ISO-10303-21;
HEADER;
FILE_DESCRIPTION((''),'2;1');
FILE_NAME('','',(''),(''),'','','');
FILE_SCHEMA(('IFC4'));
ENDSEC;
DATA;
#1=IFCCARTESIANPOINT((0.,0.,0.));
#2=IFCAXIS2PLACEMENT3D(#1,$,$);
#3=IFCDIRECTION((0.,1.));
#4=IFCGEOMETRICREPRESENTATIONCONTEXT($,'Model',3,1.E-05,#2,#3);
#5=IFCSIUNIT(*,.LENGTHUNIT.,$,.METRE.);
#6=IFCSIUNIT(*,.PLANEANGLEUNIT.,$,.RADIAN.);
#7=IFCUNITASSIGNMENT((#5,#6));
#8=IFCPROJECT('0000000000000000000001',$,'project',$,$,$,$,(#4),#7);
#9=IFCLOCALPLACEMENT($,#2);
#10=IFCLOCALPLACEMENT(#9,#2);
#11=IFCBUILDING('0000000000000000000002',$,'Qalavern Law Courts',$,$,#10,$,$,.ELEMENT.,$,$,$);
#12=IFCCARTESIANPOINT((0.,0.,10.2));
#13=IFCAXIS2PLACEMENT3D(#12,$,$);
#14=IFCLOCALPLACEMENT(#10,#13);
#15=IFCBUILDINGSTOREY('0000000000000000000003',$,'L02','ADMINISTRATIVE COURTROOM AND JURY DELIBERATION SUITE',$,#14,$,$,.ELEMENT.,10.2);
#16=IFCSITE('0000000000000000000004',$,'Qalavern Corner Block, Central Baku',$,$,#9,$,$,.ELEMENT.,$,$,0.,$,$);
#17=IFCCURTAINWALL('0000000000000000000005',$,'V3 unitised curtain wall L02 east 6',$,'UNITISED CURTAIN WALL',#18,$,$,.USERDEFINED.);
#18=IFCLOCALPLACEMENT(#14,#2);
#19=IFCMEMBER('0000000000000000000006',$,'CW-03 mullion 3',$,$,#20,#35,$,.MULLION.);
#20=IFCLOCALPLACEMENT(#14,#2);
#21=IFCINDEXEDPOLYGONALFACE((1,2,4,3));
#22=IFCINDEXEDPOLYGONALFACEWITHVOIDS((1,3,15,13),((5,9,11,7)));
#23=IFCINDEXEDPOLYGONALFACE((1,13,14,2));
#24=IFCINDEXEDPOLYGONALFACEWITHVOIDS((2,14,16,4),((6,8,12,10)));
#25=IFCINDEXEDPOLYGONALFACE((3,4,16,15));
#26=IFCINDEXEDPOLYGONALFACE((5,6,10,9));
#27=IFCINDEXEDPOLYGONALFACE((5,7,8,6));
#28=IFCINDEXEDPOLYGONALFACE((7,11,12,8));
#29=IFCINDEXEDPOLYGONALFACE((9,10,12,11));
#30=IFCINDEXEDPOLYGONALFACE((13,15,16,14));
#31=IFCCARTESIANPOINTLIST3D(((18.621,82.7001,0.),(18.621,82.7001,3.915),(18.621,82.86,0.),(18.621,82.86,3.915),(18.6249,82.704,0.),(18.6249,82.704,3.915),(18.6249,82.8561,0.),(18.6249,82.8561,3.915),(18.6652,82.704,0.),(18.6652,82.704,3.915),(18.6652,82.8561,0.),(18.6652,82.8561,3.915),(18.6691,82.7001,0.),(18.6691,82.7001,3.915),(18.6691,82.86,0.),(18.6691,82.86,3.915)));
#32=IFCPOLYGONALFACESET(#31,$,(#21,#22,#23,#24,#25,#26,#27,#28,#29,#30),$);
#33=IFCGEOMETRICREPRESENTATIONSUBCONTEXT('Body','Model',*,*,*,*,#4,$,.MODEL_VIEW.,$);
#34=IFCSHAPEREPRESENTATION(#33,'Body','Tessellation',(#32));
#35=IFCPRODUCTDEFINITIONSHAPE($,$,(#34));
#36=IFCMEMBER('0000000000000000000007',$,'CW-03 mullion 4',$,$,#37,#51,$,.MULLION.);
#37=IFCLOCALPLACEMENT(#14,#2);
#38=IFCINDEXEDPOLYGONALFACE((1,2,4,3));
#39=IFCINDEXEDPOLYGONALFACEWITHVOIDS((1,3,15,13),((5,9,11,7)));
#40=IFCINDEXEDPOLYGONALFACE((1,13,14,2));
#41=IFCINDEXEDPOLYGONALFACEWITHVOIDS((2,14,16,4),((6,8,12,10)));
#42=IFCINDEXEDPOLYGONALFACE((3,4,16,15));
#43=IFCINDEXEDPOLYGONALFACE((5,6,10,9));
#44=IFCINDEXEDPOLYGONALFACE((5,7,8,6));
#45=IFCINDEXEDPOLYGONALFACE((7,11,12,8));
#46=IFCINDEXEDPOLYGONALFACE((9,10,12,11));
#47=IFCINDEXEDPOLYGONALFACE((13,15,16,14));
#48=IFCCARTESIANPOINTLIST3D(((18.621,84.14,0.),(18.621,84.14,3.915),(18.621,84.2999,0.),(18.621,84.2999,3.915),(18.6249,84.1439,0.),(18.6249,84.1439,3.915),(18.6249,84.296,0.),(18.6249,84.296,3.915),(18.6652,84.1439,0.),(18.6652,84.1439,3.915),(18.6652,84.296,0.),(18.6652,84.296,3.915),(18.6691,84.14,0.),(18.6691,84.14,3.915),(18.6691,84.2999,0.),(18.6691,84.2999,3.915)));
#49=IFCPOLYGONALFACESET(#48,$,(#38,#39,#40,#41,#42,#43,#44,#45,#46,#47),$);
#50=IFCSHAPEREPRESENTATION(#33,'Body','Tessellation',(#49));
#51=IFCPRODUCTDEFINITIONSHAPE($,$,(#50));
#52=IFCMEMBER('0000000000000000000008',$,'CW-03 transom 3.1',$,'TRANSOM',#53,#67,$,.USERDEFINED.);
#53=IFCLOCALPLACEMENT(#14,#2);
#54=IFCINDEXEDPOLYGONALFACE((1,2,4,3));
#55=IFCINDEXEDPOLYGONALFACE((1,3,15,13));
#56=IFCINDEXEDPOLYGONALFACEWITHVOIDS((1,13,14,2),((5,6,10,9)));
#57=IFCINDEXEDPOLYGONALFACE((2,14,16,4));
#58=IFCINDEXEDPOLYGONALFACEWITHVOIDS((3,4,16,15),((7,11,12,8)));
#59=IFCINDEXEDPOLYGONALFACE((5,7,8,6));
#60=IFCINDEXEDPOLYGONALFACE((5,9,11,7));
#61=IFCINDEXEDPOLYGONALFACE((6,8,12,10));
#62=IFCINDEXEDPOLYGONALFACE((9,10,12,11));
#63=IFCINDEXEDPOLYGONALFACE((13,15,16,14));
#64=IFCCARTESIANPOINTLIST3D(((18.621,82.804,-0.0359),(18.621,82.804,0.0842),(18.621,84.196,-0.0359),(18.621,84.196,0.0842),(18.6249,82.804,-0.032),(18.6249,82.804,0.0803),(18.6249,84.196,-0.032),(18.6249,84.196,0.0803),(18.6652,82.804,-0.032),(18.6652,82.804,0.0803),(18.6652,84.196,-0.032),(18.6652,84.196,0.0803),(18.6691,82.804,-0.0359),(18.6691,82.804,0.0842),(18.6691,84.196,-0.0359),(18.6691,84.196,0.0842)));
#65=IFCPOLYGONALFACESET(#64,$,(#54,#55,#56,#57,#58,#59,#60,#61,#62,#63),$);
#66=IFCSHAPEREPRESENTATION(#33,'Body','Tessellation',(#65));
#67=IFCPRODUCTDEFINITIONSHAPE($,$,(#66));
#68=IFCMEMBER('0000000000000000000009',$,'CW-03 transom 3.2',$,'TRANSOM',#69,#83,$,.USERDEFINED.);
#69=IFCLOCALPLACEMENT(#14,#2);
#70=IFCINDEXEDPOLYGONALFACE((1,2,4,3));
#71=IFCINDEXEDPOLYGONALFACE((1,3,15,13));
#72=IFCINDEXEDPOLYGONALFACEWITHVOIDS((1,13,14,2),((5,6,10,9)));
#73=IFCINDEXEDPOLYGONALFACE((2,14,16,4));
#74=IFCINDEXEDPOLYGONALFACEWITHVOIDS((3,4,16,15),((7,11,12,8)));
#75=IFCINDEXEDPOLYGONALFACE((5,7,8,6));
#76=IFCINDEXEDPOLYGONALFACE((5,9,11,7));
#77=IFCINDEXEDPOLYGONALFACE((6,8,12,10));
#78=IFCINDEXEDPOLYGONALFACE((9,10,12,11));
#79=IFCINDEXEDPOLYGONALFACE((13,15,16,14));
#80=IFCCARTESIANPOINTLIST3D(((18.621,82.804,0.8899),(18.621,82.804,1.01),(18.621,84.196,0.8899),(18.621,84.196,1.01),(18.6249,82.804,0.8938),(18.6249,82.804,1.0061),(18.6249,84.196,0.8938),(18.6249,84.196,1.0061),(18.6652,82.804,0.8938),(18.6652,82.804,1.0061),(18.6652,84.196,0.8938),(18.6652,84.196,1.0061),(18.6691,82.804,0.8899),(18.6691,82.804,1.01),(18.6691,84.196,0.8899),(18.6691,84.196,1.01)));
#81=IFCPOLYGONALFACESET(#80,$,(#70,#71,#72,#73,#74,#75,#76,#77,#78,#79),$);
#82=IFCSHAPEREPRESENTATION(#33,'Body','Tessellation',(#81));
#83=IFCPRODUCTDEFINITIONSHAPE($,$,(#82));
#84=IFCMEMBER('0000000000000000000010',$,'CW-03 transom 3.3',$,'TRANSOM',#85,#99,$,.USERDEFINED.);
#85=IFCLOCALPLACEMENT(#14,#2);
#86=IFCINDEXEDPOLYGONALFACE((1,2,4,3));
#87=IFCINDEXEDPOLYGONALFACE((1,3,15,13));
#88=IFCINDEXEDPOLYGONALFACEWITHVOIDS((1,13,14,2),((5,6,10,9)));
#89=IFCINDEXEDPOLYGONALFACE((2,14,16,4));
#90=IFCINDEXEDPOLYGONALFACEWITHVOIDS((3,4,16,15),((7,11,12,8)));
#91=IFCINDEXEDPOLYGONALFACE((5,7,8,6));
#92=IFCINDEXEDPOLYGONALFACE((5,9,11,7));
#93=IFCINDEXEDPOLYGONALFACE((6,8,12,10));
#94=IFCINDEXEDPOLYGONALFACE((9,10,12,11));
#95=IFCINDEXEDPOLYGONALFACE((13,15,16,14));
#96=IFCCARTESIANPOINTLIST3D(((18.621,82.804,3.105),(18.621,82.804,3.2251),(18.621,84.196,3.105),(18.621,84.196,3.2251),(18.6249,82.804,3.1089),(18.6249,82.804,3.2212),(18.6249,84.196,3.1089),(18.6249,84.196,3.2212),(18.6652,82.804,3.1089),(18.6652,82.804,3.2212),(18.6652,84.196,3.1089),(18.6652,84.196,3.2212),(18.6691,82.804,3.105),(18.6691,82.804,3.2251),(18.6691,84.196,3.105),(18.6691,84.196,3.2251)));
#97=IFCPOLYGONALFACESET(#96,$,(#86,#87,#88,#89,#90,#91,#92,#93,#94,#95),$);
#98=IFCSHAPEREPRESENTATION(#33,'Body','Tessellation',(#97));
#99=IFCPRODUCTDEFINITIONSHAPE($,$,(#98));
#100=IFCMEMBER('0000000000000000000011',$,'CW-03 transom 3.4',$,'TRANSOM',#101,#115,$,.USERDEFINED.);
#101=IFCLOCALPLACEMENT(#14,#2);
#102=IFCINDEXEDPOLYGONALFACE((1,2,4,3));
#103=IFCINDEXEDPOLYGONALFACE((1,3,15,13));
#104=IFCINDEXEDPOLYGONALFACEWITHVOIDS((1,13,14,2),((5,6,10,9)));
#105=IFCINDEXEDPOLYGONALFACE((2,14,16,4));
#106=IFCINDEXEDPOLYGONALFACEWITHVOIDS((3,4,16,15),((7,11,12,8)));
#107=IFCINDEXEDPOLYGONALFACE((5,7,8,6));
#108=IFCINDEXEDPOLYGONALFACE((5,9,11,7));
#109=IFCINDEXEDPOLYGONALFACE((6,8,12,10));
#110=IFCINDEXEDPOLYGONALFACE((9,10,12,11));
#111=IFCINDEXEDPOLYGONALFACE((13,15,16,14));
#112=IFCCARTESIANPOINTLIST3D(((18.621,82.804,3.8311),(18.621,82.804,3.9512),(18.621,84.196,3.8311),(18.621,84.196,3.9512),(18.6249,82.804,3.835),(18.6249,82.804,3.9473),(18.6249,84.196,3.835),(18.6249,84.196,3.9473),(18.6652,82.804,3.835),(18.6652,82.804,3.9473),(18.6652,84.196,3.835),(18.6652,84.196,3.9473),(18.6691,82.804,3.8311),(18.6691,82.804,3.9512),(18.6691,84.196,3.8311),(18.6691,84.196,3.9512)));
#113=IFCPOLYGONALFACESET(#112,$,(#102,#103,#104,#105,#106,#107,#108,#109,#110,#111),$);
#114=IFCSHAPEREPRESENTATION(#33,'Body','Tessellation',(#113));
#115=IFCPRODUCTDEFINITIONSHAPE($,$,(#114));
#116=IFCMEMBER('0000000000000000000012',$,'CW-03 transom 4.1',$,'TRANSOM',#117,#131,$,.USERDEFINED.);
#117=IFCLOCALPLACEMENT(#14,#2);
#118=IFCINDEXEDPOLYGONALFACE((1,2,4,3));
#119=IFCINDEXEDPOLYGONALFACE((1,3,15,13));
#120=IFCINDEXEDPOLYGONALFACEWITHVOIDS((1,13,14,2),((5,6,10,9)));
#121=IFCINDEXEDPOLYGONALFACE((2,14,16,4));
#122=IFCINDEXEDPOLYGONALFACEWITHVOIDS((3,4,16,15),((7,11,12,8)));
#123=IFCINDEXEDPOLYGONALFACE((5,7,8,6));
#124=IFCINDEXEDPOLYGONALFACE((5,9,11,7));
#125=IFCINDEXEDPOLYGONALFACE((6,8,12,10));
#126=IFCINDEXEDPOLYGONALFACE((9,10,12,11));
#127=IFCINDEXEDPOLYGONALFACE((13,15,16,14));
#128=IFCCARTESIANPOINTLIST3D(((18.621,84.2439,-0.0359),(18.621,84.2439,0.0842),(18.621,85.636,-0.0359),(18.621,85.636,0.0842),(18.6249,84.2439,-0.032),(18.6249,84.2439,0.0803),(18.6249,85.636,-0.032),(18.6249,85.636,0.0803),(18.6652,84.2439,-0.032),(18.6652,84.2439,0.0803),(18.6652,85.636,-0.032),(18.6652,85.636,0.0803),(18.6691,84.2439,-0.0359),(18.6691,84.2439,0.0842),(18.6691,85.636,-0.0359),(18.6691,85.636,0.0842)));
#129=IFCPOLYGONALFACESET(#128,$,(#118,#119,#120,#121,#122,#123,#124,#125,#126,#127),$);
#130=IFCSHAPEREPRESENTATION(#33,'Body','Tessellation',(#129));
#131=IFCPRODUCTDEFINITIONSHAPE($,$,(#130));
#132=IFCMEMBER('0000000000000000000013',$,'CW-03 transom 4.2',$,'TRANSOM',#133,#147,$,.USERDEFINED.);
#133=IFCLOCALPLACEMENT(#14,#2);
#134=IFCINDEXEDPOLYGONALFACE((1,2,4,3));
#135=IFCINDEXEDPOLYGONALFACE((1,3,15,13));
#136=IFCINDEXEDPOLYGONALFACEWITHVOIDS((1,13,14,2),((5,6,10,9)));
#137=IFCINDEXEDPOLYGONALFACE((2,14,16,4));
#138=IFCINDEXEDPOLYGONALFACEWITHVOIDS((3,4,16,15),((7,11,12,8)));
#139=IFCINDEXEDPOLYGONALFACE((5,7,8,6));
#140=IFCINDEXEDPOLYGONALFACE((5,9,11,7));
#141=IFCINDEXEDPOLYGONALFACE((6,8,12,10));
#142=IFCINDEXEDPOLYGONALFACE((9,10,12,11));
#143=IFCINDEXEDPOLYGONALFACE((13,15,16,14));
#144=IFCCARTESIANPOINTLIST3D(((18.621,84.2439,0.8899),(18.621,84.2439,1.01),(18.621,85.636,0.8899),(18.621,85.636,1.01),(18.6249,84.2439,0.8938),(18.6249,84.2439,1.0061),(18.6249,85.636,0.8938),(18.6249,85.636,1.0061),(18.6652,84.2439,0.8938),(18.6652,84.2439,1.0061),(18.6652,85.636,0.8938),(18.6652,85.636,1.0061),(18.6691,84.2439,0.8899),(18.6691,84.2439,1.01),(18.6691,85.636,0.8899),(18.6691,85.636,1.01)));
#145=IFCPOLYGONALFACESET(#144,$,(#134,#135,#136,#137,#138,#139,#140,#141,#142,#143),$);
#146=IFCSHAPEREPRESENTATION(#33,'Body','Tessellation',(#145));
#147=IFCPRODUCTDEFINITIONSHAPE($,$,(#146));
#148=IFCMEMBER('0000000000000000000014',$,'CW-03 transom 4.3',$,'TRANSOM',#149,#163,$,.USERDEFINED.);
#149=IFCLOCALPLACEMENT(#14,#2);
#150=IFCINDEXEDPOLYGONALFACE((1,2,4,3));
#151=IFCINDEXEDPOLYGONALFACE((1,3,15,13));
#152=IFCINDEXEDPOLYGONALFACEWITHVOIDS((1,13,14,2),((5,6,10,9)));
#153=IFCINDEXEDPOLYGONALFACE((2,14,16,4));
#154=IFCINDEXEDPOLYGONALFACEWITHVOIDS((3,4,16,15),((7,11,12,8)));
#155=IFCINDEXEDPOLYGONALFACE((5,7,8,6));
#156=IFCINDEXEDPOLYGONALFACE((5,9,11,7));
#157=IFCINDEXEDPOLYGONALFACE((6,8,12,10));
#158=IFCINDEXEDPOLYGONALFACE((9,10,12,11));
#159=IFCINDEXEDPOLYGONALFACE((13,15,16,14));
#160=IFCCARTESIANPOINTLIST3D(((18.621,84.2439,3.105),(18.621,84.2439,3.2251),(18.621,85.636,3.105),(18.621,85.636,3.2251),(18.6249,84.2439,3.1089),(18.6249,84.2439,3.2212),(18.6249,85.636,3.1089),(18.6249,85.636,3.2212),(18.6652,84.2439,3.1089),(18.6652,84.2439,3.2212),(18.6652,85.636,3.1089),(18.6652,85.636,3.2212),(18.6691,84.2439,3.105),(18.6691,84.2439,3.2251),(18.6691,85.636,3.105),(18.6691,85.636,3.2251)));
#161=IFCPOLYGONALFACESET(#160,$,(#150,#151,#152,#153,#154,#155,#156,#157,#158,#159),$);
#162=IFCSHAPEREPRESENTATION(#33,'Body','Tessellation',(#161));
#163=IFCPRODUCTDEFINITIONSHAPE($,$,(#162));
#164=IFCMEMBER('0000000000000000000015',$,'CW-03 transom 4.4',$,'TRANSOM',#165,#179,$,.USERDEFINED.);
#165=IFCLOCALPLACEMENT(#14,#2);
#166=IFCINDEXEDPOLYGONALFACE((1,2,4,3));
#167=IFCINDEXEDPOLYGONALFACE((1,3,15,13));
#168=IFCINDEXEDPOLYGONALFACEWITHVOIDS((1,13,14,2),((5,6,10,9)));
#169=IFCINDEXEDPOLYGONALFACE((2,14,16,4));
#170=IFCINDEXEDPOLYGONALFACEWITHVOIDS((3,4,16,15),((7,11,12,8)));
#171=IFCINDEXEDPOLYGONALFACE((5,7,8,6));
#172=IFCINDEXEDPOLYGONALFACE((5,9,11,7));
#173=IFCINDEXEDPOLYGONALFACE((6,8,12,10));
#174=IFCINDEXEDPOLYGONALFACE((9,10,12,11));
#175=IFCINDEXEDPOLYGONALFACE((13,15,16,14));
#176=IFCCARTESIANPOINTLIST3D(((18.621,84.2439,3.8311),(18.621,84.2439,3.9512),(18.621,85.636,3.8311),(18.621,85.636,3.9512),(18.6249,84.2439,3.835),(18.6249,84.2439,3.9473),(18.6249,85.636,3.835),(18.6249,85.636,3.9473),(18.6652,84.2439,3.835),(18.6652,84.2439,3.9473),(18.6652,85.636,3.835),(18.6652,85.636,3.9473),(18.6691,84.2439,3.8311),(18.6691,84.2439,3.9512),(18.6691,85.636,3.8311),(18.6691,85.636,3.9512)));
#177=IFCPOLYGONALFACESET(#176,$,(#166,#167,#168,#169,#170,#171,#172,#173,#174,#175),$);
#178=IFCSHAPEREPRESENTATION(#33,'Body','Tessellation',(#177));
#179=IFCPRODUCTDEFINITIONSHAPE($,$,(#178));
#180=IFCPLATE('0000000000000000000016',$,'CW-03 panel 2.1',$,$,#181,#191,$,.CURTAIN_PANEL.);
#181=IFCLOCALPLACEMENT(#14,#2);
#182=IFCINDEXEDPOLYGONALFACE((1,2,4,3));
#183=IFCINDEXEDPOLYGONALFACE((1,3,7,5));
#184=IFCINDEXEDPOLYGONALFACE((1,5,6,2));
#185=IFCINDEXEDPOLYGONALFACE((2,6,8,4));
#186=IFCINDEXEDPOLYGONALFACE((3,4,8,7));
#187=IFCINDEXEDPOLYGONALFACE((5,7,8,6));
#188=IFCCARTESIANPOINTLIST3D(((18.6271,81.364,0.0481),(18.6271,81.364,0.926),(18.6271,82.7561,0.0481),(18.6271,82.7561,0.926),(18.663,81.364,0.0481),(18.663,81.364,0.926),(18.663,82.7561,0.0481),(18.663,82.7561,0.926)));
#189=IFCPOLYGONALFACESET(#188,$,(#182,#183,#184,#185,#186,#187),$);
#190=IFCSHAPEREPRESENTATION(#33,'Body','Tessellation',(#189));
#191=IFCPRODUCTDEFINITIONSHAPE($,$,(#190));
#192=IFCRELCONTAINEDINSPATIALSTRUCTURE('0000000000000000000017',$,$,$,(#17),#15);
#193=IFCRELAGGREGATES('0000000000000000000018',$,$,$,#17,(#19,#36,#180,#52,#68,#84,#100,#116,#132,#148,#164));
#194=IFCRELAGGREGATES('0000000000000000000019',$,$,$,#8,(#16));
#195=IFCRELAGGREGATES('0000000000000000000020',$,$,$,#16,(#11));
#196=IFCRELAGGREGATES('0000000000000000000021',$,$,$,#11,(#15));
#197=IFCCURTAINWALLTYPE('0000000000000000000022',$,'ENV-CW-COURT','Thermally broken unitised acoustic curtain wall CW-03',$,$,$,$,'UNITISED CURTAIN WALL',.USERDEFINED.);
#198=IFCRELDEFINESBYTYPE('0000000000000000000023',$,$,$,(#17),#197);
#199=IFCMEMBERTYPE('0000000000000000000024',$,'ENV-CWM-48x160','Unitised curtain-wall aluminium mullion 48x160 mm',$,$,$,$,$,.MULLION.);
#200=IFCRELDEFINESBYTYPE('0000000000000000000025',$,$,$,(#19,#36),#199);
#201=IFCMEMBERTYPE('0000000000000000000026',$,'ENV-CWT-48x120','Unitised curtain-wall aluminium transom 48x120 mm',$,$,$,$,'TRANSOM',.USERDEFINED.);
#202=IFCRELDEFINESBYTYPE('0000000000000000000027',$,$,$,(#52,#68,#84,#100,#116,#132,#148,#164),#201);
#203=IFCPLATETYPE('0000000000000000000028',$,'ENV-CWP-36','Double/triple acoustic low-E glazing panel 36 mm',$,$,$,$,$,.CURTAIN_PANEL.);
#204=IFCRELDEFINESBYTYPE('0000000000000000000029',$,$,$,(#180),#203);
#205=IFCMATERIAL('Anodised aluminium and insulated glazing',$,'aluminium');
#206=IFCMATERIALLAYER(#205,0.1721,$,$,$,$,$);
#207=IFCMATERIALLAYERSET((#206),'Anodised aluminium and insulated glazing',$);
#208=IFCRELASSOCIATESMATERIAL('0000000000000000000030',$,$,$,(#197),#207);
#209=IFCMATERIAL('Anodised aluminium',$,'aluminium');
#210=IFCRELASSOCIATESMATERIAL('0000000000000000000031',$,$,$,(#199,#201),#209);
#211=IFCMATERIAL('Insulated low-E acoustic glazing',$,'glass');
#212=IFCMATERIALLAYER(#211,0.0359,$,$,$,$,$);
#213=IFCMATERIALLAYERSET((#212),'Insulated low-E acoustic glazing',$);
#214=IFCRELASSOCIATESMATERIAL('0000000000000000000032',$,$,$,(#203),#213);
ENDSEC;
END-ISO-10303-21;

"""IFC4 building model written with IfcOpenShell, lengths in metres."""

from ifc_helpers import new_model, si_unit, direction, frame, origin, origin_2d, place, context, subcontext, project, spatial, rectangle, hollow_rectangle, extrude, material, layer, layer_set, material_profile, profile_set, type_object, element, aggregate, save


model = new_model("IFC4")

# Units and contexts
model_context = context("Model", 3, precision=1e-05, world=origin(), true_north=direction((0.0, 1.0)))
body_context = subcontext(model_context, "Body", "Model", "MODEL_VIEW")
ifc_project = project(units=[si_unit("LENGTHUNIT", "METRE"), si_unit("PLANEANGLEUNIT", "RADIAN")], contexts=[model_context])

# Site, building, storey
site_placement = place(None, origin())
site = spatial("IfcSite", under=ifc_project, at=site_placement, Name="Qalavern Corner Block, Central Baku", CompositionType="ELEMENT", RefElevation=0.0)
building_placement = place(site_placement, origin())
building = spatial("IfcBuilding", under=site, at=building_placement, Name="Qalavern Law Courts", CompositionType="ELEMENT")
storey_placement = place(building_placement, frame((0.0, 0.0, 10.2)))
storey = spatial("IfcBuildingStorey", under=building, at=storey_placement, Name="L02", Description="ADMINISTRATIVE COURTROOM AND JURY DELIBERATION SUITE", CompositionType="ELEMENT", Elevation=10.2)

# Curtain wall, members, plate
ifc_material_1 = material(Name="Anodised aluminium and insulated glazing", Category="aluminium")
ifc_layer_1 = layer(ifc_material_1, 0.1721)
ifc_layer_set_1 = layer_set([ifc_layer_1], Name="Anodised aluminium and insulated glazing")
curtain_wall_type = type_object("IfcCurtainWallType", Name="ENV-CW-COURT", Description="Thermally broken unitised acoustic curtain wall CW-03", ElementType="UNITISED CURTAIN WALL", PredefinedType="USERDEFINED", material=ifc_layer_set_1)
curtain_wall_placement = place(storey_placement, origin())
curtain_wall = element("IfcCurtainWall", 1, at=curtain_wall_placement, inside=storey, type_object=curtain_wall_type, Name="V3 unitised curtain wall L02 east 6", ObjectType="UNITISED CURTAIN WALL", PredefinedType="USERDEFINED")
ifc_material_2 = material(Name="Anodised aluminium", Category="aluminium")
ifc_material_profile_1 = material_profile(ifc_material_2, hollow_rectangle(XDim=0.0481, YDim=0.1599, WallThickness=0.0039, at=origin_2d()), Name="ALU MULLION 48x160")
ifc_profile_set_1 = profile_set([ifc_material_profile_1], Name="Anodised aluminium")
member_type_1 = type_object("IfcMemberType", Name="ENV-CWM-48x160", Description="Unitised curtain-wall aluminium mullion 48x160 mm", PredefinedType="MULLION", material=ifc_profile_set_1)
member_1_placement = place(storey_placement, frame((18.645, 82.78, 0.0), z_axis=(0.0, 0.0, 1.0), x_axis=(-1.0, 0.0, 0.0)))
member_1 = element("IfcMember", 2, at=member_1_placement, type_object=member_type_1, Name="CW-03 mullion 3", PredefinedType="MULLION", context=body_context, shape_type="SweptSolid", body=[
    extrude(hollow_rectangle(XDim=0.0481, YDim=0.1599, WallThickness=0.0039, at=origin_2d()), origin(), (0.0, 0.0, 1.0), 3.915),
])
member_2_placement = place(storey_placement, frame((18.645, 84.22, 0.0), z_axis=(0.0, 0.0, 1.0), x_axis=(-1.0, 0.0, 0.0)))
member_2 = element("IfcMember", 3, at=member_2_placement, type_object=member_type_1, Name="CW-03 mullion 4", PredefinedType="MULLION", context=body_context, shape_type="SweptSolid", body=[
    extrude(hollow_rectangle(XDim=0.0481, YDim=0.1599, WallThickness=0.0039, at=origin_2d()), origin(), (0.0, 0.0, 1.0), 3.915),
])
ifc_material_profile_2 = material_profile(ifc_material_2, hollow_rectangle(XDim=0.0481, YDim=0.1201, WallThickness=0.0039, at=origin_2d()), Name="ALU TRANSOM 48x120")
ifc_profile_set_2 = profile_set([ifc_material_profile_2], Name="Anodised aluminium")
member_type_2 = type_object("IfcMemberType", Name="ENV-CWT-48x120", Description="Unitised curtain-wall aluminium transom 48x120 mm", ElementType="TRANSOM", PredefinedType="USERDEFINED", material=ifc_profile_set_2)
member_3_placement = place(storey_placement, frame((18.645, 82.804, 0.0242), z_axis=(0.0, 1.0, 0.0), x_axis=(-1.0, 0.0, 0.0)))
member_3 = element("IfcMember", 4, at=member_3_placement, type_object=member_type_2, Name="CW-03 transom 3.1", ObjectType="TRANSOM", PredefinedType="USERDEFINED", context=body_context, shape_type="SweptSolid", body=[
    extrude(hollow_rectangle(XDim=0.0481, YDim=0.1201, WallThickness=0.0039, at=origin_2d()), origin(), (0.0, 0.0, 1.0), 1.3921),
])
member_4_placement = place(storey_placement, frame((18.645, 82.804, 0.95), z_axis=(0.0, 1.0, 0.0), x_axis=(-1.0, 0.0, 0.0)))
member_4 = element("IfcMember", 5, at=member_4_placement, type_object=member_type_2, Name="CW-03 transom 3.2", ObjectType="TRANSOM", PredefinedType="USERDEFINED", context=body_context, shape_type="SweptSolid", body=[
    extrude(hollow_rectangle(XDim=0.0481, YDim=0.1201, WallThickness=0.0039, at=origin_2d()), origin(), (0.0, 0.0, 1.0), 1.3921),
])
member_5_placement = place(storey_placement, frame((18.645, 82.804, 3.165), z_axis=(0.0, 1.0, 0.0), x_axis=(-1.0, 0.0, 0.0)))
member_5 = element("IfcMember", 6, at=member_5_placement, type_object=member_type_2, Name="CW-03 transom 3.3", ObjectType="TRANSOM", PredefinedType="USERDEFINED", context=body_context, shape_type="SweptSolid", body=[
    extrude(hollow_rectangle(XDim=0.0481, YDim=0.1201, WallThickness=0.0039, at=origin_2d()), origin(), (0.0, 0.0, 1.0), 1.3921),
])
member_6_placement = place(storey_placement, frame((18.645, 82.804, 3.8911), z_axis=(0.0, 1.0, 0.0), x_axis=(-1.0, 0.0, 0.0)))
member_6 = element("IfcMember", 7, at=member_6_placement, type_object=member_type_2, Name="CW-03 transom 3.4", ObjectType="TRANSOM", PredefinedType="USERDEFINED", context=body_context, shape_type="SweptSolid", body=[
    extrude(hollow_rectangle(XDim=0.0481, YDim=0.1201, WallThickness=0.0039, at=origin_2d()), origin(), (0.0, 0.0, 1.0), 1.3921),
])
member_7_placement = place(storey_placement, frame((18.645, 84.2439, 0.0242), z_axis=(0.0, 1.0, 0.0), x_axis=(-1.0, 0.0, 0.0)))
member_7 = element("IfcMember", 8, at=member_7_placement, type_object=member_type_2, Name="CW-03 transom 4.1", ObjectType="TRANSOM", PredefinedType="USERDEFINED", context=body_context, shape_type="SweptSolid", body=[
    extrude(hollow_rectangle(XDim=0.0481, YDim=0.1201, WallThickness=0.0039, at=origin_2d()), origin(), (0.0, 0.0, 1.0), 1.3921),
])
member_8_placement = place(storey_placement, frame((18.645, 84.2439, 0.95), z_axis=(0.0, 1.0, 0.0), x_axis=(-1.0, 0.0, 0.0)))
member_8 = element("IfcMember", 9, at=member_8_placement, type_object=member_type_2, Name="CW-03 transom 4.2", ObjectType="TRANSOM", PredefinedType="USERDEFINED", context=body_context, shape_type="SweptSolid", body=[
    extrude(hollow_rectangle(XDim=0.0481, YDim=0.1201, WallThickness=0.0039, at=origin_2d()), origin(), (0.0, 0.0, 1.0), 1.3921),
])
member_9_placement = place(storey_placement, frame((18.645, 84.2439, 3.165), z_axis=(0.0, 1.0, 0.0), x_axis=(-1.0, 0.0, 0.0)))
member_9 = element("IfcMember", 10, at=member_9_placement, type_object=member_type_2, Name="CW-03 transom 4.3", ObjectType="TRANSOM", PredefinedType="USERDEFINED", context=body_context, shape_type="SweptSolid", body=[
    extrude(hollow_rectangle(XDim=0.0481, YDim=0.1201, WallThickness=0.0039, at=origin_2d()), origin(), (0.0, 0.0, 1.0), 1.3921),
])
member_10_placement = place(storey_placement, frame((18.645, 84.2439, 3.8911), z_axis=(0.0, 1.0, 0.0), x_axis=(-1.0, 0.0, 0.0)))
member_10 = element("IfcMember", 11, at=member_10_placement, type_object=member_type_2, Name="CW-03 transom 4.4", ObjectType="TRANSOM", PredefinedType="USERDEFINED", context=body_context, shape_type="SweptSolid", body=[
    extrude(hollow_rectangle(XDim=0.0481, YDim=0.1201, WallThickness=0.0039, at=origin_2d()), origin(), (0.0, 0.0, 1.0), 1.3921),
])
ifc_material_3 = material(Name="Insulated low-E acoustic glazing", Category="glass")
ifc_layer_2 = layer(ifc_material_3, 0.0359)
ifc_layer_set_2 = layer_set([ifc_layer_2], Name="Insulated low-E acoustic glazing")
plate_type = type_object("IfcPlateType", Name="ENV-CWP-36", Description="Double/triple acoustic low-E glazing panel 36 mm", PredefinedType="CURTAIN_PANEL", material=ifc_layer_set_2)
plate_1_placement = place(storey_placement, frame((18.645, 82.0601, 0.0481), z_axis=(0.0, 0.0, 1.0), x_axis=(0.0, 1.0, 0.0)))
plate_1 = element("IfcPlate", 12, at=plate_1_placement, type_object=plate_type, Name="CW-03 panel 2.1", PredefinedType="CURTAIN_PANEL", context=body_context, shape_type="SweptSolid", body=[
    extrude(rectangle(XDim=1.3921, YDim=0.0359, at=origin_2d()), origin(), (0.0, 0.0, 1.0), 0.8779),
])
aggregate(curtain_wall, [member_1, member_2, plate_1, member_3, member_4, member_5, member_6, member_7, member_8, member_9, member_10])

save(model, "model.ifc")
